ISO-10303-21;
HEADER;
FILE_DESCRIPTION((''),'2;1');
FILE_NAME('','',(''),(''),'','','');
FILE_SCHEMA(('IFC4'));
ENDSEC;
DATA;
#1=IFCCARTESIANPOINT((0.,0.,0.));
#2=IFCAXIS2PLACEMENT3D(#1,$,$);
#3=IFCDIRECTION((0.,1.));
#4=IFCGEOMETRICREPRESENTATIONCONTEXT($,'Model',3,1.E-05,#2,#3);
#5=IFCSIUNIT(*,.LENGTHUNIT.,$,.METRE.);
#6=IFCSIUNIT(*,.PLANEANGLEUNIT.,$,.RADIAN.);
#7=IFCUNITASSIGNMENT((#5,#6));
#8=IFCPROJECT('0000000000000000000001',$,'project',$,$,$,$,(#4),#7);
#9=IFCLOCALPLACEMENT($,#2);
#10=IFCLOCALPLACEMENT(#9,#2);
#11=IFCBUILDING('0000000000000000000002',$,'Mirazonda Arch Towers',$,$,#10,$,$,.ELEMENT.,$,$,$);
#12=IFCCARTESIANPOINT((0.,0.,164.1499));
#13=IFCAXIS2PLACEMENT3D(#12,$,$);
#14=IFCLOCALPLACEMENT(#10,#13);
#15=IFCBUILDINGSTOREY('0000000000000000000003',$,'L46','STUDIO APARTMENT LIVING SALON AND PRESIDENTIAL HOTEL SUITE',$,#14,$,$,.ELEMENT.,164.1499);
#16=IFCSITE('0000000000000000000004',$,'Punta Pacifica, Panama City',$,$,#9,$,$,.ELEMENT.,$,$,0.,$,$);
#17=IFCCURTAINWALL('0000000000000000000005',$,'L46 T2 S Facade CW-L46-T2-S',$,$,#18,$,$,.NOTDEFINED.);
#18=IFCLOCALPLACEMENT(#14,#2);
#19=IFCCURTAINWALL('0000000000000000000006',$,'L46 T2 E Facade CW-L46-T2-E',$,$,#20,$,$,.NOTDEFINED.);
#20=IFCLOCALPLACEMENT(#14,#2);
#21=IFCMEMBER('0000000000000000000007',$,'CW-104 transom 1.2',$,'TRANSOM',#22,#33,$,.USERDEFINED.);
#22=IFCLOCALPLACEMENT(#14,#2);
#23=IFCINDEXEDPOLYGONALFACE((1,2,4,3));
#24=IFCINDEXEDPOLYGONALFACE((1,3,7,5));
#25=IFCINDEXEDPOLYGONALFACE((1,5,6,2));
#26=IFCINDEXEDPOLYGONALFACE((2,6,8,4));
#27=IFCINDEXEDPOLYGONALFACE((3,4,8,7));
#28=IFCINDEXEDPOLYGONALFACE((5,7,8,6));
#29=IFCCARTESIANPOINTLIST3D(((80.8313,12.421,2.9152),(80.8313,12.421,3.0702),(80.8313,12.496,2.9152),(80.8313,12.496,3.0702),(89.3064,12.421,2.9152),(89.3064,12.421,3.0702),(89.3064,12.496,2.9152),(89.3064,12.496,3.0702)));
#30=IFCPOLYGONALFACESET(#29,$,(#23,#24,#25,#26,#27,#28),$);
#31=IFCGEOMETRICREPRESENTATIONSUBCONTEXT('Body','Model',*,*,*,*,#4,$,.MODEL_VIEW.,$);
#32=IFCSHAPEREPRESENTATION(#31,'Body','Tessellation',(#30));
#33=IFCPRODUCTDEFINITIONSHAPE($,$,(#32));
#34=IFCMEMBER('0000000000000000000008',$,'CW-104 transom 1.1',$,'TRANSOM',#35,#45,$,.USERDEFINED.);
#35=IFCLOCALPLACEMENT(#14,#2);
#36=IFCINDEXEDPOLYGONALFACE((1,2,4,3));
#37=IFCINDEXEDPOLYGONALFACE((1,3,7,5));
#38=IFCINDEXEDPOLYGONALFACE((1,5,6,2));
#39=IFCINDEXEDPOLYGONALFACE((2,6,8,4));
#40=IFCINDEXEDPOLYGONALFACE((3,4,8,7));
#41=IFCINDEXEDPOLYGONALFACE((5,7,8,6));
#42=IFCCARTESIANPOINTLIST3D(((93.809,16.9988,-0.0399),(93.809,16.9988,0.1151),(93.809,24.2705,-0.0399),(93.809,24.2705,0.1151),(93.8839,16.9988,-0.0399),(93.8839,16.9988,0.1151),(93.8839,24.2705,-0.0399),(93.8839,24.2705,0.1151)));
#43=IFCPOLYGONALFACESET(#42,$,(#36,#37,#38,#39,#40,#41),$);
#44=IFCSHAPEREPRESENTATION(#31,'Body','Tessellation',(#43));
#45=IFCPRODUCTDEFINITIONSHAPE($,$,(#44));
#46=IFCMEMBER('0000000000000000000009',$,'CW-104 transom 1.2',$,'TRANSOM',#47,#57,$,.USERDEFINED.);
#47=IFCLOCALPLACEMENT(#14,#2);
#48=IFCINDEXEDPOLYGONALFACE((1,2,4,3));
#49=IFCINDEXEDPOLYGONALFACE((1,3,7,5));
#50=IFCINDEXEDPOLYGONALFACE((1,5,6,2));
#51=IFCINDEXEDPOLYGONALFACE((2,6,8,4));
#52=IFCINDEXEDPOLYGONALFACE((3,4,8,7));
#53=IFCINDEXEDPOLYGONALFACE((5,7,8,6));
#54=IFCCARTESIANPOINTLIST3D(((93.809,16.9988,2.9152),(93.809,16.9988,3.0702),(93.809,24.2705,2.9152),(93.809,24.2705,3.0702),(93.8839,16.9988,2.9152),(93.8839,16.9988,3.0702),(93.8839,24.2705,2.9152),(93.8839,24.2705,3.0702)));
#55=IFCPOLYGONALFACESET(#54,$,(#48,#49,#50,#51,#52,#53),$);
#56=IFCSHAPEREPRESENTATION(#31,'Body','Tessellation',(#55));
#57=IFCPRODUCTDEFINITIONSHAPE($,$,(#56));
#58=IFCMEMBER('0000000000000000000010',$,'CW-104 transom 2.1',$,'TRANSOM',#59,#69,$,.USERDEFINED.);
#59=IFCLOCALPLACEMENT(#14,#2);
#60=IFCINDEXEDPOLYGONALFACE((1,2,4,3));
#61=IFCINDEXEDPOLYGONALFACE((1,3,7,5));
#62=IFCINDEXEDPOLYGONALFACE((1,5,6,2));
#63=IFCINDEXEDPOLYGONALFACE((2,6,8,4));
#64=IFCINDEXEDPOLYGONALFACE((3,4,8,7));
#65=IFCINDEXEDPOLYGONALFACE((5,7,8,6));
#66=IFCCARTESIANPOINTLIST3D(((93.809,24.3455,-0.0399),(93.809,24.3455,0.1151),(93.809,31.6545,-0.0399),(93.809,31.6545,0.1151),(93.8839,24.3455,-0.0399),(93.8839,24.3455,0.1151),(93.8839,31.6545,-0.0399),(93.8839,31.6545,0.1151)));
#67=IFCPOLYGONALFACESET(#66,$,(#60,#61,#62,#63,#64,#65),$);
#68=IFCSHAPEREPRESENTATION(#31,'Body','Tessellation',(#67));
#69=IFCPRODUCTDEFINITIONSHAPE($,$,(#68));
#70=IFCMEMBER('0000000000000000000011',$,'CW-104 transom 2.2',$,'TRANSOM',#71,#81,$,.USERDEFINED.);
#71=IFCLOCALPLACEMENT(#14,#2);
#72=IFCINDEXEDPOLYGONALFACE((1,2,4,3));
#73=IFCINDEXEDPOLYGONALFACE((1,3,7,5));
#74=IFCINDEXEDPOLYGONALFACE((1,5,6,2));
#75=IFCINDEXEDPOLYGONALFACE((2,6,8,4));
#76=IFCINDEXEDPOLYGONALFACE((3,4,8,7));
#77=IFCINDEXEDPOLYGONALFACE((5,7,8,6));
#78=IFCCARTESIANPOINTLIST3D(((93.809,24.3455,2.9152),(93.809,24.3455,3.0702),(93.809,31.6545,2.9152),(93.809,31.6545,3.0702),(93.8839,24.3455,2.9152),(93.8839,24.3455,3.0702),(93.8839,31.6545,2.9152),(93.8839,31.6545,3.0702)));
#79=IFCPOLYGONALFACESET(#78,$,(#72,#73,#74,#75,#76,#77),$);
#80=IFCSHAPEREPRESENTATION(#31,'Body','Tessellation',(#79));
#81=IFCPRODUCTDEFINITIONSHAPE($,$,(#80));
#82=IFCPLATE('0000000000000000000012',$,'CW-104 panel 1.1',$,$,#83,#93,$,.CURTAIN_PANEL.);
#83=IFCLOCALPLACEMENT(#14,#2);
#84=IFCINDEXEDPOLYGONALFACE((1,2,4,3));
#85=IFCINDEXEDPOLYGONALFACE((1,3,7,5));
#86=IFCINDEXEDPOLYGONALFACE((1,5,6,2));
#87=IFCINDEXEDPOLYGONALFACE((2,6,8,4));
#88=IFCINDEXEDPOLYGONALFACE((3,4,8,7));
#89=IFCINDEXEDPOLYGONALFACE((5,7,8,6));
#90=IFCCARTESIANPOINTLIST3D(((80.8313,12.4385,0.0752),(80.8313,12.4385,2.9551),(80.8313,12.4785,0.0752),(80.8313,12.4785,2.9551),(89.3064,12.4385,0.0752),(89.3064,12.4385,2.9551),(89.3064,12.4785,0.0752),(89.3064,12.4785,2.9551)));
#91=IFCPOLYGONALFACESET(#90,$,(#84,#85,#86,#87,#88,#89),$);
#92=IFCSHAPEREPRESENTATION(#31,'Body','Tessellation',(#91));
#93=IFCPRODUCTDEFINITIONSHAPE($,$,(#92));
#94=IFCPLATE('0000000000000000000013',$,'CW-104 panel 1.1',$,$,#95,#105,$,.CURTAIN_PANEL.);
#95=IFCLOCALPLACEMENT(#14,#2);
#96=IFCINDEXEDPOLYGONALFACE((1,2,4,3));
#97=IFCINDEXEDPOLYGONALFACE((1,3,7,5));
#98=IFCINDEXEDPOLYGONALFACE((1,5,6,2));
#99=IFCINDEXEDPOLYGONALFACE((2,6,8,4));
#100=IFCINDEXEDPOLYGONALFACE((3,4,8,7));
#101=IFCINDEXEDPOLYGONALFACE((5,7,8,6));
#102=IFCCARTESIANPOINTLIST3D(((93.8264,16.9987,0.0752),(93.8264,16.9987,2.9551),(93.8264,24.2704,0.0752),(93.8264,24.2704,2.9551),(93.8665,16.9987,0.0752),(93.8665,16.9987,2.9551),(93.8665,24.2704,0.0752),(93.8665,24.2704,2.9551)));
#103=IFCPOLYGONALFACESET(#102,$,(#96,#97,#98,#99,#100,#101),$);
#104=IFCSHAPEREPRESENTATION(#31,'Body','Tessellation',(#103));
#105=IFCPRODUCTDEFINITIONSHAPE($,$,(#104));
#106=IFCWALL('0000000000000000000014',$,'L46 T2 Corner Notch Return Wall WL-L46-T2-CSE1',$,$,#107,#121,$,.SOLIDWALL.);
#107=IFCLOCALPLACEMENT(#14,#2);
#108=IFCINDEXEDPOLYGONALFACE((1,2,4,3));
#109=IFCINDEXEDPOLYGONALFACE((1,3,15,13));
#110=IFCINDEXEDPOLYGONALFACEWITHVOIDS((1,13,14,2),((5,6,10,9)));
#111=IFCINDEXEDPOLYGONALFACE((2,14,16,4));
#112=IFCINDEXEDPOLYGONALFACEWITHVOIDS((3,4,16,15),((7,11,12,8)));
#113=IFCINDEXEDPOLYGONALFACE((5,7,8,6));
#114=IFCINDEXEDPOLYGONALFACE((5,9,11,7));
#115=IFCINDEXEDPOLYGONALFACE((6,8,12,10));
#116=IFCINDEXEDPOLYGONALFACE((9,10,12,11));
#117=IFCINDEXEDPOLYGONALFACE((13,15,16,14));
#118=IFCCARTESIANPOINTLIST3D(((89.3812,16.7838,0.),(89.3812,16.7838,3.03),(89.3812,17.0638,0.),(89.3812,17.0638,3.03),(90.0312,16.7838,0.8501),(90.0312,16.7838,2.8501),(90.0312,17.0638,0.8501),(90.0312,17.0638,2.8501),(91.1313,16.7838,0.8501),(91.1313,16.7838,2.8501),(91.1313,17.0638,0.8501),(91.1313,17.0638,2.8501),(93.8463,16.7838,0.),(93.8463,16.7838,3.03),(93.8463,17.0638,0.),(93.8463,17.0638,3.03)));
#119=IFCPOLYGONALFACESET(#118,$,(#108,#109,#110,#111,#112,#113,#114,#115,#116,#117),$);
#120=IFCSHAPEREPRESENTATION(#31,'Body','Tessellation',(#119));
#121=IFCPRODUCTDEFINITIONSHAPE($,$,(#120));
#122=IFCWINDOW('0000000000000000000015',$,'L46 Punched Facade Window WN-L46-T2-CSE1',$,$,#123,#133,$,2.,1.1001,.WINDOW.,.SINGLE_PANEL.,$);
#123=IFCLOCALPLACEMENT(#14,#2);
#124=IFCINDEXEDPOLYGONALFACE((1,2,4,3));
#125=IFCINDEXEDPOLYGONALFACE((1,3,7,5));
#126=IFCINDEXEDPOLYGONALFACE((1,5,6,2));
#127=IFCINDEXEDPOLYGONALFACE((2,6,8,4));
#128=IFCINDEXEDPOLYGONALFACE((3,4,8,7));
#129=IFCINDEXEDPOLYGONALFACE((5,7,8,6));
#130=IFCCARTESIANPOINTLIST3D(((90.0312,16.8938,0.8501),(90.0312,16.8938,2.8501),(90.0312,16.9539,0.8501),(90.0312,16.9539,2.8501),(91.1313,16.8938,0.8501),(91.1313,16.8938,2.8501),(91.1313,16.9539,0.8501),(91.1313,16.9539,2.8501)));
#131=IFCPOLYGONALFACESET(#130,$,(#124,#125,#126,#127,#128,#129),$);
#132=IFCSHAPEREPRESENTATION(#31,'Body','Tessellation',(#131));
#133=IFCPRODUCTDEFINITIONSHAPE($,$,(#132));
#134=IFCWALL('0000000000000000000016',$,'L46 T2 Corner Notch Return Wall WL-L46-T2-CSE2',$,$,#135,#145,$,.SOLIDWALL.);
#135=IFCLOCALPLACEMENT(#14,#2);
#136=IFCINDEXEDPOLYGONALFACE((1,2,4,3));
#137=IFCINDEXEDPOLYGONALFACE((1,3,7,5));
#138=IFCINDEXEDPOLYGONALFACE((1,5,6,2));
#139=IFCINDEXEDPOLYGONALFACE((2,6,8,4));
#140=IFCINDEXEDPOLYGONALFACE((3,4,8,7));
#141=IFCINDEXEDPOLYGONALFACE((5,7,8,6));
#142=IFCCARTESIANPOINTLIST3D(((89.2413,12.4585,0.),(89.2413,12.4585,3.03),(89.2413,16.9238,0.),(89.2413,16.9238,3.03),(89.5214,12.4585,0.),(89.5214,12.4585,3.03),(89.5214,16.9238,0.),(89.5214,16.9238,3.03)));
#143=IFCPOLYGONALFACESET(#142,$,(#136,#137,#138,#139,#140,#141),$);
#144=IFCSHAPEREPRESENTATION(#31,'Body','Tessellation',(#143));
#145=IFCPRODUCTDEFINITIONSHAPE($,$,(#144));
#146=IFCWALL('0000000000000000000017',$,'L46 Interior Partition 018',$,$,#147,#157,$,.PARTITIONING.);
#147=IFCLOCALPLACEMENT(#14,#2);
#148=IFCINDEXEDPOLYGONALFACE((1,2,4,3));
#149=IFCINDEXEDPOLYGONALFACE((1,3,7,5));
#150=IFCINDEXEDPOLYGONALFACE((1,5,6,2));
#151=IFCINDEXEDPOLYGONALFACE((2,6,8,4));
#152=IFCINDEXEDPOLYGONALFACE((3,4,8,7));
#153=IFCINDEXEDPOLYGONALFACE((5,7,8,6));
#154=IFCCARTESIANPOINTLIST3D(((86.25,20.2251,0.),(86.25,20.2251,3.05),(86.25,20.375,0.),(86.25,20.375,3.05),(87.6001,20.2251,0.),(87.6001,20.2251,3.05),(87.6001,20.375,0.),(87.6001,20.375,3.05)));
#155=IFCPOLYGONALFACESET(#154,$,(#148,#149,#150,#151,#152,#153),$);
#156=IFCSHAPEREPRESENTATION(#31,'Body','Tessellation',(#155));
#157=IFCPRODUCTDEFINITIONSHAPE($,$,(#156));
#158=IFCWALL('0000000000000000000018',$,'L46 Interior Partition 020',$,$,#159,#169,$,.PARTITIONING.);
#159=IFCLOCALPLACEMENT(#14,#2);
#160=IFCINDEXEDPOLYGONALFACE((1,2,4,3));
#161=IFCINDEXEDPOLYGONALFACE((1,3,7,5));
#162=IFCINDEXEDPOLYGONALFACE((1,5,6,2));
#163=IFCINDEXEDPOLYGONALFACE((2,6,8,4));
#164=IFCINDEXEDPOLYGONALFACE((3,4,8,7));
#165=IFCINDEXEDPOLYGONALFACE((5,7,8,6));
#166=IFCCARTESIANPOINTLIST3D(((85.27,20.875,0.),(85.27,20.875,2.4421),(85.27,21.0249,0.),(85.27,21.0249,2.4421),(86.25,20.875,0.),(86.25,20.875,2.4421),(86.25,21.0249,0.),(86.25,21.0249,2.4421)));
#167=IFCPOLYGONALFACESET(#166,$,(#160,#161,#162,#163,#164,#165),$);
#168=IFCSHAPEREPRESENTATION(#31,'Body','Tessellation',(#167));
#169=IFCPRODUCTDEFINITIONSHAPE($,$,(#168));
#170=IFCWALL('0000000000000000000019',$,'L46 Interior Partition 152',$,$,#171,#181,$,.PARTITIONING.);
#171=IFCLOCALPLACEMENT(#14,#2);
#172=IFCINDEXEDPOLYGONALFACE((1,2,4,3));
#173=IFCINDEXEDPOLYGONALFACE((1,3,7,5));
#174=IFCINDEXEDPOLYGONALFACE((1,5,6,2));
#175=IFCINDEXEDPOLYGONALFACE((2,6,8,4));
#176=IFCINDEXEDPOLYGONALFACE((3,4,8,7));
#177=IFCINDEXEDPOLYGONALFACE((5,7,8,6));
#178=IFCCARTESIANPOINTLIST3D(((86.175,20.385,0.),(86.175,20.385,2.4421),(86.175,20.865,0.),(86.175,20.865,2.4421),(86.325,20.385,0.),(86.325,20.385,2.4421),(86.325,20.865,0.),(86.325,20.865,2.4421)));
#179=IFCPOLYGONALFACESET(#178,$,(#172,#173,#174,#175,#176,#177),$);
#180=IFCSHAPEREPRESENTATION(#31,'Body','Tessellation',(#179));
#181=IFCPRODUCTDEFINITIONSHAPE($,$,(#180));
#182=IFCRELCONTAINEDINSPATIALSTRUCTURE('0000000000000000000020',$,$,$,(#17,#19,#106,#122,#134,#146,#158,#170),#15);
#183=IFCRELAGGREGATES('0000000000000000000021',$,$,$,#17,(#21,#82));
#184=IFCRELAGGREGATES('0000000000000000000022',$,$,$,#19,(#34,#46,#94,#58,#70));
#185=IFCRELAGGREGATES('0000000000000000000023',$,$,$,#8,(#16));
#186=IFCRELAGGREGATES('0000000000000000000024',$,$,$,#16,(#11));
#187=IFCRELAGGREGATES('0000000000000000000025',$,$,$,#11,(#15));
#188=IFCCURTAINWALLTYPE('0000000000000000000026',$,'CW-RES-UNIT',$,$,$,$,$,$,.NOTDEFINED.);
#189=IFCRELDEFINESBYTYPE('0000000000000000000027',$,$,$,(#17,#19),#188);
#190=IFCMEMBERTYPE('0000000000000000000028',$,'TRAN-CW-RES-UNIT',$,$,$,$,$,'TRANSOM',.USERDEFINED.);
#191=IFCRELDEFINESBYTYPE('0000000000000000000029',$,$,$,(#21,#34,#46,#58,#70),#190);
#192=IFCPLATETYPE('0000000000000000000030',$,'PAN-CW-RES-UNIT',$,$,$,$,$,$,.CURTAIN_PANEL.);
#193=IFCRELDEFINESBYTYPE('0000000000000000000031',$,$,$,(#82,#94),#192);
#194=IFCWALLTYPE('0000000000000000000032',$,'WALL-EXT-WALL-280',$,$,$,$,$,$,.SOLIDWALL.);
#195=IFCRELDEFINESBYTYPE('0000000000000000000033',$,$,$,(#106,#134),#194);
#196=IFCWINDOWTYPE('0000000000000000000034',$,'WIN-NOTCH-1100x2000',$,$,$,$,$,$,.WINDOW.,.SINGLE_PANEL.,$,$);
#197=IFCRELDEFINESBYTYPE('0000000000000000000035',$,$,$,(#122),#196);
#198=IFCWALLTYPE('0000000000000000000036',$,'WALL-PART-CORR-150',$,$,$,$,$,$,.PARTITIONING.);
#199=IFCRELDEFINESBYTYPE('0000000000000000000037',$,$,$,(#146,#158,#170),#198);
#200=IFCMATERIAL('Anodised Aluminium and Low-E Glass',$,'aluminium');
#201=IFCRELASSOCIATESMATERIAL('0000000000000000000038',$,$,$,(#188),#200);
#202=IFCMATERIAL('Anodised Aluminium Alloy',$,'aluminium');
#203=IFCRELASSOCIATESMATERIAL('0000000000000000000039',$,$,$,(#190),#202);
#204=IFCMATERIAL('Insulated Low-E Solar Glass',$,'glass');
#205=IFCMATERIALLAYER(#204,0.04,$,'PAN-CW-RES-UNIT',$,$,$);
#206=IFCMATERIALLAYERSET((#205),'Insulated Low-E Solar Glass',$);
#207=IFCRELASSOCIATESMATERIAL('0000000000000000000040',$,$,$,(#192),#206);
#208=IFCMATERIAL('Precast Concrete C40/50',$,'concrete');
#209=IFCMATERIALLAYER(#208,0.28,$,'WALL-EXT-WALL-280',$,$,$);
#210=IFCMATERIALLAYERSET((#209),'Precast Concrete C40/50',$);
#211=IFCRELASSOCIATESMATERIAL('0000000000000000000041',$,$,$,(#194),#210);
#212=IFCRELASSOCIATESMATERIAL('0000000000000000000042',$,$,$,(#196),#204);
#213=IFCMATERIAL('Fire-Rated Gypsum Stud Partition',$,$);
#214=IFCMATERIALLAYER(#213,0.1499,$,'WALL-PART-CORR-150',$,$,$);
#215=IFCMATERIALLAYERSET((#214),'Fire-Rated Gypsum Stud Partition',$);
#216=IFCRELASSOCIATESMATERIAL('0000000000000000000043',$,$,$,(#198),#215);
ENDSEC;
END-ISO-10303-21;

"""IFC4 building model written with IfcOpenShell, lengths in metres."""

from ifc_helpers import new_model, si_unit, direction, frame, frame_2d, origin, origin_2d, place, context, subcontext, project, spatial, rectangle, extrude, material, layer, layer_set, material_profile, profile_set, type_object, element, fill, aggregate, save


model = new_model("IFC4")

# Units and contexts
model_context = context("Model", 3, precision=1e-05, world=origin(), true_north=direction((0.0, 1.0)))
body_context = subcontext(model_context, "Body", "Model", "MODEL_VIEW")
ifc_project = project(units=[si_unit("LENGTHUNIT", "METRE"), si_unit("PLANEANGLEUNIT", "RADIAN")], contexts=[model_context])

# Site, building, storey
site_placement = place(None, origin())
site = spatial("IfcSite", under=ifc_project, at=site_placement, Name="Punta Pacifica, Panama City", CompositionType="ELEMENT", RefElevation=0.0)
building_placement = place(site_placement, origin())
building = spatial("IfcBuilding", under=site, at=building_placement, Name="Mirazonda Arch Towers", CompositionType="ELEMENT")
storey_placement = place(building_placement, frame((0.0, 0.0, 164.1499)))
storey = spatial("IfcBuildingStorey", under=building, at=storey_placement, Name="L46", Description="STUDIO APARTMENT LIVING SALON AND PRESIDENTIAL HOTEL SUITE", CompositionType="ELEMENT", Elevation=164.1499)

# Curtain wall
ifc_material_1 = material(Name="Anodised Aluminium and Low-E Glass", Category="aluminium")
curtain_wall_type = type_object("IfcCurtainWallType", Name="CW-RES-UNIT", PredefinedType="NOTDEFINED", material=ifc_material_1)
curtain_wall_1_placement = place(storey_placement, origin())
curtain_wall_1 = element("IfcCurtainWall", 1, at=curtain_wall_1_placement, inside=storey, type_object=curtain_wall_type, Name="L46 T2 S Facade CW-L46-T2-S", PredefinedType="NOTDEFINED")
ifc_material_2 = material(Name="Anodised Aluminium Alloy", Category="aluminium")

# Curtain wall
curtain_wall_2_placement = place(storey_placement, origin())
curtain_wall_2 = element("IfcCurtainWall", 2, at=curtain_wall_2_placement, inside=storey, type_object=curtain_wall_type, Name="L46 T2 E Facade CW-L46-T2-E", PredefinedType="NOTDEFINED")

# Members
ifc_material_profile_1 = material_profile(ifc_material_2, rectangle(XDim=0.075, YDim=0.155, at=origin_2d()), Name="ALU-TRAN-75x155")
ifc_profile_set_1 = profile_set([ifc_material_profile_1], Name="Anodised Aluminium Alloy")
member_type_1 = type_object("IfcMemberType", Name="TRAN-CW-RES-UNIT", ElementType="TRANSOM", PredefinedType="USERDEFINED", material=ifc_profile_set_1)
member_1_placement = place(storey_placement, frame((89.3064, 12.4585, 2.9927), z_axis=(-1.0, 0.0, 0.0), x_axis=(0.0, -1.0, 0.0)))
member_1 = element("IfcMember", 3, at=member_1_placement, type_object=member_type_1, Name="CW-104 transom 1.2", ObjectType="TRANSOM", PredefinedType="USERDEFINED", context=body_context, shape_type="SweptSolid", body=[
    extrude(rectangle(XDim=0.075, YDim=0.155, at=origin_2d()), origin(), (0.0, 0.0, 1.0), 8.4751),
])
member_2_placement = place(storey_placement, frame((93.8464, 16.9988, 0.0376), z_axis=(0.0, 1.0, 0.0), x_axis=(-1.0, 0.0, 0.0)))
member_2 = element("IfcMember", 4, at=member_2_placement, type_object=member_type_1, Name="CW-104 transom 1.1", ObjectType="TRANSOM", PredefinedType="USERDEFINED", context=body_context, shape_type="SweptSolid", body=[
    extrude(rectangle(XDim=0.075, YDim=0.155, at=origin_2d()), origin(), (0.0, 0.0, 1.0), 7.2717),
])
member_3_placement = place(storey_placement, frame((93.8464, 16.9988, 2.9927), z_axis=(0.0, 1.0, 0.0), x_axis=(-1.0, 0.0, 0.0)))
member_3 = element("IfcMember", 5, at=member_3_placement, type_object=member_type_1, Name="CW-104 transom 1.2", ObjectType="TRANSOM", PredefinedType="USERDEFINED", context=body_context, shape_type="SweptSolid", body=[
    extrude(rectangle(XDim=0.075, YDim=0.155, at=origin_2d()), origin(), (0.0, 0.0, 1.0), 7.2717),
])
member_4_placement = place(storey_placement, frame((93.8464, 24.3455, 0.0376), z_axis=(0.0, 1.0, 0.0), x_axis=(-1.0, 0.0, 0.0)))
member_4 = element("IfcMember", 6, at=member_4_placement, type_object=member_type_1, Name="CW-104 transom 2.1", ObjectType="TRANSOM", PredefinedType="USERDEFINED", context=body_context, shape_type="SweptSolid", body=[
    extrude(rectangle(XDim=0.075, YDim=0.155, at=origin_2d()), origin(), (0.0, 0.0, 1.0), 7.3091),
])
member_5_placement = place(storey_placement, frame((93.8464, 24.3455, 2.9927), z_axis=(0.0, 1.0, 0.0), x_axis=(-1.0, 0.0, 0.0)))
member_5 = element("IfcMember", 7, at=member_5_placement, type_object=member_type_1, Name="CW-104 transom 2.2", ObjectType="TRANSOM", PredefinedType="USERDEFINED", context=body_context, shape_type="SweptSolid", body=[
    extrude(rectangle(XDim=0.075, YDim=0.155, at=origin_2d()), origin(), (0.0, 0.0, 1.0), 7.3091),
])

# Plates
ifc_material_3 = material(Name="Insulated Low-E Solar Glass", Category="glass")
ifc_layer_1 = layer(ifc_material_3, 0.04, Name="PAN-CW-RES-UNIT")
ifc_layer_set_1 = layer_set([ifc_layer_1], Name="Insulated Low-E Solar Glass")
plate_type = type_object("IfcPlateType", Name="PAN-CW-RES-UNIT", PredefinedType="CURTAIN_PANEL", material=ifc_layer_set_1)
plate_1_placement = place(storey_placement, frame((85.0688, 12.4585, 0.0752), z_axis=(0.0, 0.0, 1.0), x_axis=(-1.0, 0.0, 0.0)))
plate_1 = element("IfcPlate", 8, at=plate_1_placement, type_object=plate_type, Name="CW-104 panel 1.1", PredefinedType="CURTAIN_PANEL", context=body_context, shape_type="SweptSolid", body=[
    extrude(rectangle(XDim=8.4751, YDim=0.04, at=origin_2d()), origin(), (0.0, 0.0, 1.0), 2.8799),
])
aggregate(curtain_wall_1, [member_1, plate_1])
plate_2_placement = place(storey_placement, frame((93.8464, 20.6345, 0.0752), z_axis=(0.0, 0.0, 1.0), x_axis=(0.0, 1.0, 0.0)))
plate_2 = element("IfcPlate", 9, at=plate_2_placement, type_object=plate_type, Name="CW-104 panel 1.1", PredefinedType="CURTAIN_PANEL", context=body_context, shape_type="SweptSolid", body=[
    extrude(rectangle(XDim=7.2717, YDim=0.04, at=origin_2d()), origin(), (0.0, 0.0, 1.0), 2.8799),
])
aggregate(curtain_wall_2, [member_2, member_3, plate_2, member_4, member_5])

# Wall, opening, window
ifc_material_4 = material(Name="Precast Concrete C40/50", Category="concrete")
ifc_layer_2 = layer(ifc_material_4, 0.28, Name="WALL-EXT-WALL-280")
ifc_layer_set_2 = layer_set([ifc_layer_2], Name="Precast Concrete C40/50")
wall_type_1 = type_object("IfcWallType", Name="WALL-EXT-WALL-280", PredefinedType="SOLIDWALL", material=ifc_layer_set_2)
wall_1_placement = place(storey_placement, frame((89.3813, 16.9238, 0.0), z_axis=(0.0, 0.0, 1.0), x_axis=(1.0, 0.0, 0.0)))
wall_1 = element("IfcWall", 10, at=wall_1_placement, inside=storey, type_object=wall_type_1, Name="L46 T2 Corner Notch Return Wall WL-L46-T2-CSE1", PredefinedType="SOLIDWALL", context=body_context, shape_type="SweptSolid", body=[
    extrude(rectangle(XDim=4.4651, YDim=0.28, at=frame_2d((2.2324, 0.0))), origin(), (0.0, 0.0, 1.0), 3.03),
])
opening_1_placement = place(wall_1_placement, frame((0.6499, 0.0, 0.8501)))
opening_1 = element("IfcOpeningElement", 11, at=opening_1_placement, cuts=wall_1, PredefinedType="OPENING", context=body_context, shape_type="SweptSolid", body=[
    extrude(rectangle(XDim=1.1001, YDim=2.0, at=frame_2d((0.55, 1.0))), frame((0.0, 0.1499, 0.0), z_axis=(0.0, -1.0, 0.0), x_axis=(1.0, 0.0, 0.0)), (0.0, 0.0, 1.0), 0.3),
])
window_type = type_object("IfcWindowType", Name="WIN-NOTCH-1100x2000", PartitioningType="SINGLE_PANEL", PredefinedType="WINDOW", material=ifc_material_3)
window_placement = place(opening_1_placement, origin())
window = element("IfcWindow", 12, at=window_placement, inside=storey, type_object=window_type, Name="L46 Punched Facade Window WN-L46-T2-CSE1", OverallHeight=2.0, OverallWidth=1.1001, PartitioningType="SINGLE_PANEL", PredefinedType="WINDOW", context=body_context, shape_type="SweptSolid", body=[
    extrude(rectangle(XDim=1.1001, YDim=2.0, at=frame_2d((0.55, 1.0))), frame((0.0, 0.03, 0.0), z_axis=(0.0, -1.0, 0.0), x_axis=(1.0, 0.0, 0.0)), (0.0, 0.0, 1.0), 0.0601),
])
fill(opening_1, window)

# Walls
wall_2_placement = place(storey_placement, frame((89.3813, 12.4585, 0.0), z_axis=(0.0, 0.0, 1.0), x_axis=(0.0, 1.0, 0.0)))
element("IfcWall", 13, at=wall_2_placement, inside=storey, type_object=wall_type_1, Name="L46 T2 Corner Notch Return Wall WL-L46-T2-CSE2", PredefinedType="SOLIDWALL", context=body_context, shape_type="SweptSolid", body=[
    extrude(rectangle(XDim=4.4653, YDim=0.28, at=frame_2d((2.2327, 0.0))), origin(), (0.0, 0.0, 1.0), 3.03),
])
ifc_material_5 = material(Name="Fire-Rated Gypsum Stud Partition")
ifc_layer_3 = layer(ifc_material_5, 0.1499, Name="WALL-PART-CORR-150")
ifc_layer_set_3 = layer_set([ifc_layer_3], Name="Fire-Rated Gypsum Stud Partition")
wall_type_2 = type_object("IfcWallType", Name="WALL-PART-CORR-150", PredefinedType="PARTITIONING", material=ifc_layer_set_3)
wall_3_placement = place(storey_placement, frame((86.25, 20.3, 0.0), z_axis=(0.0, 0.0, 1.0), x_axis=(1.0, 0.0, 0.0)))
element("IfcWall", 14, at=wall_3_placement, inside=storey, type_object=wall_type_2, Name="L46 Interior Partition 018", PredefinedType="PARTITIONING", context=body_context, shape_type="SweptSolid", body=[
    extrude(rectangle(XDim=1.3501, YDim=0.1499, at=frame_2d((0.675, 0.0))), origin(), (0.0, 0.0, 1.0), 3.05),
])
wall_4_placement = place(storey_placement, frame((85.27, 20.95, 0.0), z_axis=(0.0, 0.0, 1.0), x_axis=(1.0, 0.0, 0.0)))
element("IfcWall", 15, at=wall_4_placement, inside=storey, type_object=wall_type_2, Name="L46 Interior Partition 020", PredefinedType="PARTITIONING", context=body_context, shape_type="SweptSolid", body=[
    extrude(rectangle(XDim=0.98, YDim=0.1499, at=frame_2d((0.49, 0.0))), origin(), (0.0, 0.0, 1.0), 2.4421),
])
wall_5_placement = place(storey_placement, frame((86.25, 20.385, 0.0), z_axis=(0.0, 0.0, 1.0), x_axis=(0.0, 1.0, 0.0)))
element("IfcWall", 16, at=wall_5_placement, inside=storey, type_object=wall_type_2, Name="L46 Interior Partition 152", PredefinedType="PARTITIONING", context=body_context, shape_type="SweptSolid", body=[
    extrude(rectangle(XDim=0.48, YDim=0.1499, at=frame_2d((0.24, 0.0))), origin(), (0.0, 0.0, 1.0), 2.4421),
])

save(model, "model.ifc")
